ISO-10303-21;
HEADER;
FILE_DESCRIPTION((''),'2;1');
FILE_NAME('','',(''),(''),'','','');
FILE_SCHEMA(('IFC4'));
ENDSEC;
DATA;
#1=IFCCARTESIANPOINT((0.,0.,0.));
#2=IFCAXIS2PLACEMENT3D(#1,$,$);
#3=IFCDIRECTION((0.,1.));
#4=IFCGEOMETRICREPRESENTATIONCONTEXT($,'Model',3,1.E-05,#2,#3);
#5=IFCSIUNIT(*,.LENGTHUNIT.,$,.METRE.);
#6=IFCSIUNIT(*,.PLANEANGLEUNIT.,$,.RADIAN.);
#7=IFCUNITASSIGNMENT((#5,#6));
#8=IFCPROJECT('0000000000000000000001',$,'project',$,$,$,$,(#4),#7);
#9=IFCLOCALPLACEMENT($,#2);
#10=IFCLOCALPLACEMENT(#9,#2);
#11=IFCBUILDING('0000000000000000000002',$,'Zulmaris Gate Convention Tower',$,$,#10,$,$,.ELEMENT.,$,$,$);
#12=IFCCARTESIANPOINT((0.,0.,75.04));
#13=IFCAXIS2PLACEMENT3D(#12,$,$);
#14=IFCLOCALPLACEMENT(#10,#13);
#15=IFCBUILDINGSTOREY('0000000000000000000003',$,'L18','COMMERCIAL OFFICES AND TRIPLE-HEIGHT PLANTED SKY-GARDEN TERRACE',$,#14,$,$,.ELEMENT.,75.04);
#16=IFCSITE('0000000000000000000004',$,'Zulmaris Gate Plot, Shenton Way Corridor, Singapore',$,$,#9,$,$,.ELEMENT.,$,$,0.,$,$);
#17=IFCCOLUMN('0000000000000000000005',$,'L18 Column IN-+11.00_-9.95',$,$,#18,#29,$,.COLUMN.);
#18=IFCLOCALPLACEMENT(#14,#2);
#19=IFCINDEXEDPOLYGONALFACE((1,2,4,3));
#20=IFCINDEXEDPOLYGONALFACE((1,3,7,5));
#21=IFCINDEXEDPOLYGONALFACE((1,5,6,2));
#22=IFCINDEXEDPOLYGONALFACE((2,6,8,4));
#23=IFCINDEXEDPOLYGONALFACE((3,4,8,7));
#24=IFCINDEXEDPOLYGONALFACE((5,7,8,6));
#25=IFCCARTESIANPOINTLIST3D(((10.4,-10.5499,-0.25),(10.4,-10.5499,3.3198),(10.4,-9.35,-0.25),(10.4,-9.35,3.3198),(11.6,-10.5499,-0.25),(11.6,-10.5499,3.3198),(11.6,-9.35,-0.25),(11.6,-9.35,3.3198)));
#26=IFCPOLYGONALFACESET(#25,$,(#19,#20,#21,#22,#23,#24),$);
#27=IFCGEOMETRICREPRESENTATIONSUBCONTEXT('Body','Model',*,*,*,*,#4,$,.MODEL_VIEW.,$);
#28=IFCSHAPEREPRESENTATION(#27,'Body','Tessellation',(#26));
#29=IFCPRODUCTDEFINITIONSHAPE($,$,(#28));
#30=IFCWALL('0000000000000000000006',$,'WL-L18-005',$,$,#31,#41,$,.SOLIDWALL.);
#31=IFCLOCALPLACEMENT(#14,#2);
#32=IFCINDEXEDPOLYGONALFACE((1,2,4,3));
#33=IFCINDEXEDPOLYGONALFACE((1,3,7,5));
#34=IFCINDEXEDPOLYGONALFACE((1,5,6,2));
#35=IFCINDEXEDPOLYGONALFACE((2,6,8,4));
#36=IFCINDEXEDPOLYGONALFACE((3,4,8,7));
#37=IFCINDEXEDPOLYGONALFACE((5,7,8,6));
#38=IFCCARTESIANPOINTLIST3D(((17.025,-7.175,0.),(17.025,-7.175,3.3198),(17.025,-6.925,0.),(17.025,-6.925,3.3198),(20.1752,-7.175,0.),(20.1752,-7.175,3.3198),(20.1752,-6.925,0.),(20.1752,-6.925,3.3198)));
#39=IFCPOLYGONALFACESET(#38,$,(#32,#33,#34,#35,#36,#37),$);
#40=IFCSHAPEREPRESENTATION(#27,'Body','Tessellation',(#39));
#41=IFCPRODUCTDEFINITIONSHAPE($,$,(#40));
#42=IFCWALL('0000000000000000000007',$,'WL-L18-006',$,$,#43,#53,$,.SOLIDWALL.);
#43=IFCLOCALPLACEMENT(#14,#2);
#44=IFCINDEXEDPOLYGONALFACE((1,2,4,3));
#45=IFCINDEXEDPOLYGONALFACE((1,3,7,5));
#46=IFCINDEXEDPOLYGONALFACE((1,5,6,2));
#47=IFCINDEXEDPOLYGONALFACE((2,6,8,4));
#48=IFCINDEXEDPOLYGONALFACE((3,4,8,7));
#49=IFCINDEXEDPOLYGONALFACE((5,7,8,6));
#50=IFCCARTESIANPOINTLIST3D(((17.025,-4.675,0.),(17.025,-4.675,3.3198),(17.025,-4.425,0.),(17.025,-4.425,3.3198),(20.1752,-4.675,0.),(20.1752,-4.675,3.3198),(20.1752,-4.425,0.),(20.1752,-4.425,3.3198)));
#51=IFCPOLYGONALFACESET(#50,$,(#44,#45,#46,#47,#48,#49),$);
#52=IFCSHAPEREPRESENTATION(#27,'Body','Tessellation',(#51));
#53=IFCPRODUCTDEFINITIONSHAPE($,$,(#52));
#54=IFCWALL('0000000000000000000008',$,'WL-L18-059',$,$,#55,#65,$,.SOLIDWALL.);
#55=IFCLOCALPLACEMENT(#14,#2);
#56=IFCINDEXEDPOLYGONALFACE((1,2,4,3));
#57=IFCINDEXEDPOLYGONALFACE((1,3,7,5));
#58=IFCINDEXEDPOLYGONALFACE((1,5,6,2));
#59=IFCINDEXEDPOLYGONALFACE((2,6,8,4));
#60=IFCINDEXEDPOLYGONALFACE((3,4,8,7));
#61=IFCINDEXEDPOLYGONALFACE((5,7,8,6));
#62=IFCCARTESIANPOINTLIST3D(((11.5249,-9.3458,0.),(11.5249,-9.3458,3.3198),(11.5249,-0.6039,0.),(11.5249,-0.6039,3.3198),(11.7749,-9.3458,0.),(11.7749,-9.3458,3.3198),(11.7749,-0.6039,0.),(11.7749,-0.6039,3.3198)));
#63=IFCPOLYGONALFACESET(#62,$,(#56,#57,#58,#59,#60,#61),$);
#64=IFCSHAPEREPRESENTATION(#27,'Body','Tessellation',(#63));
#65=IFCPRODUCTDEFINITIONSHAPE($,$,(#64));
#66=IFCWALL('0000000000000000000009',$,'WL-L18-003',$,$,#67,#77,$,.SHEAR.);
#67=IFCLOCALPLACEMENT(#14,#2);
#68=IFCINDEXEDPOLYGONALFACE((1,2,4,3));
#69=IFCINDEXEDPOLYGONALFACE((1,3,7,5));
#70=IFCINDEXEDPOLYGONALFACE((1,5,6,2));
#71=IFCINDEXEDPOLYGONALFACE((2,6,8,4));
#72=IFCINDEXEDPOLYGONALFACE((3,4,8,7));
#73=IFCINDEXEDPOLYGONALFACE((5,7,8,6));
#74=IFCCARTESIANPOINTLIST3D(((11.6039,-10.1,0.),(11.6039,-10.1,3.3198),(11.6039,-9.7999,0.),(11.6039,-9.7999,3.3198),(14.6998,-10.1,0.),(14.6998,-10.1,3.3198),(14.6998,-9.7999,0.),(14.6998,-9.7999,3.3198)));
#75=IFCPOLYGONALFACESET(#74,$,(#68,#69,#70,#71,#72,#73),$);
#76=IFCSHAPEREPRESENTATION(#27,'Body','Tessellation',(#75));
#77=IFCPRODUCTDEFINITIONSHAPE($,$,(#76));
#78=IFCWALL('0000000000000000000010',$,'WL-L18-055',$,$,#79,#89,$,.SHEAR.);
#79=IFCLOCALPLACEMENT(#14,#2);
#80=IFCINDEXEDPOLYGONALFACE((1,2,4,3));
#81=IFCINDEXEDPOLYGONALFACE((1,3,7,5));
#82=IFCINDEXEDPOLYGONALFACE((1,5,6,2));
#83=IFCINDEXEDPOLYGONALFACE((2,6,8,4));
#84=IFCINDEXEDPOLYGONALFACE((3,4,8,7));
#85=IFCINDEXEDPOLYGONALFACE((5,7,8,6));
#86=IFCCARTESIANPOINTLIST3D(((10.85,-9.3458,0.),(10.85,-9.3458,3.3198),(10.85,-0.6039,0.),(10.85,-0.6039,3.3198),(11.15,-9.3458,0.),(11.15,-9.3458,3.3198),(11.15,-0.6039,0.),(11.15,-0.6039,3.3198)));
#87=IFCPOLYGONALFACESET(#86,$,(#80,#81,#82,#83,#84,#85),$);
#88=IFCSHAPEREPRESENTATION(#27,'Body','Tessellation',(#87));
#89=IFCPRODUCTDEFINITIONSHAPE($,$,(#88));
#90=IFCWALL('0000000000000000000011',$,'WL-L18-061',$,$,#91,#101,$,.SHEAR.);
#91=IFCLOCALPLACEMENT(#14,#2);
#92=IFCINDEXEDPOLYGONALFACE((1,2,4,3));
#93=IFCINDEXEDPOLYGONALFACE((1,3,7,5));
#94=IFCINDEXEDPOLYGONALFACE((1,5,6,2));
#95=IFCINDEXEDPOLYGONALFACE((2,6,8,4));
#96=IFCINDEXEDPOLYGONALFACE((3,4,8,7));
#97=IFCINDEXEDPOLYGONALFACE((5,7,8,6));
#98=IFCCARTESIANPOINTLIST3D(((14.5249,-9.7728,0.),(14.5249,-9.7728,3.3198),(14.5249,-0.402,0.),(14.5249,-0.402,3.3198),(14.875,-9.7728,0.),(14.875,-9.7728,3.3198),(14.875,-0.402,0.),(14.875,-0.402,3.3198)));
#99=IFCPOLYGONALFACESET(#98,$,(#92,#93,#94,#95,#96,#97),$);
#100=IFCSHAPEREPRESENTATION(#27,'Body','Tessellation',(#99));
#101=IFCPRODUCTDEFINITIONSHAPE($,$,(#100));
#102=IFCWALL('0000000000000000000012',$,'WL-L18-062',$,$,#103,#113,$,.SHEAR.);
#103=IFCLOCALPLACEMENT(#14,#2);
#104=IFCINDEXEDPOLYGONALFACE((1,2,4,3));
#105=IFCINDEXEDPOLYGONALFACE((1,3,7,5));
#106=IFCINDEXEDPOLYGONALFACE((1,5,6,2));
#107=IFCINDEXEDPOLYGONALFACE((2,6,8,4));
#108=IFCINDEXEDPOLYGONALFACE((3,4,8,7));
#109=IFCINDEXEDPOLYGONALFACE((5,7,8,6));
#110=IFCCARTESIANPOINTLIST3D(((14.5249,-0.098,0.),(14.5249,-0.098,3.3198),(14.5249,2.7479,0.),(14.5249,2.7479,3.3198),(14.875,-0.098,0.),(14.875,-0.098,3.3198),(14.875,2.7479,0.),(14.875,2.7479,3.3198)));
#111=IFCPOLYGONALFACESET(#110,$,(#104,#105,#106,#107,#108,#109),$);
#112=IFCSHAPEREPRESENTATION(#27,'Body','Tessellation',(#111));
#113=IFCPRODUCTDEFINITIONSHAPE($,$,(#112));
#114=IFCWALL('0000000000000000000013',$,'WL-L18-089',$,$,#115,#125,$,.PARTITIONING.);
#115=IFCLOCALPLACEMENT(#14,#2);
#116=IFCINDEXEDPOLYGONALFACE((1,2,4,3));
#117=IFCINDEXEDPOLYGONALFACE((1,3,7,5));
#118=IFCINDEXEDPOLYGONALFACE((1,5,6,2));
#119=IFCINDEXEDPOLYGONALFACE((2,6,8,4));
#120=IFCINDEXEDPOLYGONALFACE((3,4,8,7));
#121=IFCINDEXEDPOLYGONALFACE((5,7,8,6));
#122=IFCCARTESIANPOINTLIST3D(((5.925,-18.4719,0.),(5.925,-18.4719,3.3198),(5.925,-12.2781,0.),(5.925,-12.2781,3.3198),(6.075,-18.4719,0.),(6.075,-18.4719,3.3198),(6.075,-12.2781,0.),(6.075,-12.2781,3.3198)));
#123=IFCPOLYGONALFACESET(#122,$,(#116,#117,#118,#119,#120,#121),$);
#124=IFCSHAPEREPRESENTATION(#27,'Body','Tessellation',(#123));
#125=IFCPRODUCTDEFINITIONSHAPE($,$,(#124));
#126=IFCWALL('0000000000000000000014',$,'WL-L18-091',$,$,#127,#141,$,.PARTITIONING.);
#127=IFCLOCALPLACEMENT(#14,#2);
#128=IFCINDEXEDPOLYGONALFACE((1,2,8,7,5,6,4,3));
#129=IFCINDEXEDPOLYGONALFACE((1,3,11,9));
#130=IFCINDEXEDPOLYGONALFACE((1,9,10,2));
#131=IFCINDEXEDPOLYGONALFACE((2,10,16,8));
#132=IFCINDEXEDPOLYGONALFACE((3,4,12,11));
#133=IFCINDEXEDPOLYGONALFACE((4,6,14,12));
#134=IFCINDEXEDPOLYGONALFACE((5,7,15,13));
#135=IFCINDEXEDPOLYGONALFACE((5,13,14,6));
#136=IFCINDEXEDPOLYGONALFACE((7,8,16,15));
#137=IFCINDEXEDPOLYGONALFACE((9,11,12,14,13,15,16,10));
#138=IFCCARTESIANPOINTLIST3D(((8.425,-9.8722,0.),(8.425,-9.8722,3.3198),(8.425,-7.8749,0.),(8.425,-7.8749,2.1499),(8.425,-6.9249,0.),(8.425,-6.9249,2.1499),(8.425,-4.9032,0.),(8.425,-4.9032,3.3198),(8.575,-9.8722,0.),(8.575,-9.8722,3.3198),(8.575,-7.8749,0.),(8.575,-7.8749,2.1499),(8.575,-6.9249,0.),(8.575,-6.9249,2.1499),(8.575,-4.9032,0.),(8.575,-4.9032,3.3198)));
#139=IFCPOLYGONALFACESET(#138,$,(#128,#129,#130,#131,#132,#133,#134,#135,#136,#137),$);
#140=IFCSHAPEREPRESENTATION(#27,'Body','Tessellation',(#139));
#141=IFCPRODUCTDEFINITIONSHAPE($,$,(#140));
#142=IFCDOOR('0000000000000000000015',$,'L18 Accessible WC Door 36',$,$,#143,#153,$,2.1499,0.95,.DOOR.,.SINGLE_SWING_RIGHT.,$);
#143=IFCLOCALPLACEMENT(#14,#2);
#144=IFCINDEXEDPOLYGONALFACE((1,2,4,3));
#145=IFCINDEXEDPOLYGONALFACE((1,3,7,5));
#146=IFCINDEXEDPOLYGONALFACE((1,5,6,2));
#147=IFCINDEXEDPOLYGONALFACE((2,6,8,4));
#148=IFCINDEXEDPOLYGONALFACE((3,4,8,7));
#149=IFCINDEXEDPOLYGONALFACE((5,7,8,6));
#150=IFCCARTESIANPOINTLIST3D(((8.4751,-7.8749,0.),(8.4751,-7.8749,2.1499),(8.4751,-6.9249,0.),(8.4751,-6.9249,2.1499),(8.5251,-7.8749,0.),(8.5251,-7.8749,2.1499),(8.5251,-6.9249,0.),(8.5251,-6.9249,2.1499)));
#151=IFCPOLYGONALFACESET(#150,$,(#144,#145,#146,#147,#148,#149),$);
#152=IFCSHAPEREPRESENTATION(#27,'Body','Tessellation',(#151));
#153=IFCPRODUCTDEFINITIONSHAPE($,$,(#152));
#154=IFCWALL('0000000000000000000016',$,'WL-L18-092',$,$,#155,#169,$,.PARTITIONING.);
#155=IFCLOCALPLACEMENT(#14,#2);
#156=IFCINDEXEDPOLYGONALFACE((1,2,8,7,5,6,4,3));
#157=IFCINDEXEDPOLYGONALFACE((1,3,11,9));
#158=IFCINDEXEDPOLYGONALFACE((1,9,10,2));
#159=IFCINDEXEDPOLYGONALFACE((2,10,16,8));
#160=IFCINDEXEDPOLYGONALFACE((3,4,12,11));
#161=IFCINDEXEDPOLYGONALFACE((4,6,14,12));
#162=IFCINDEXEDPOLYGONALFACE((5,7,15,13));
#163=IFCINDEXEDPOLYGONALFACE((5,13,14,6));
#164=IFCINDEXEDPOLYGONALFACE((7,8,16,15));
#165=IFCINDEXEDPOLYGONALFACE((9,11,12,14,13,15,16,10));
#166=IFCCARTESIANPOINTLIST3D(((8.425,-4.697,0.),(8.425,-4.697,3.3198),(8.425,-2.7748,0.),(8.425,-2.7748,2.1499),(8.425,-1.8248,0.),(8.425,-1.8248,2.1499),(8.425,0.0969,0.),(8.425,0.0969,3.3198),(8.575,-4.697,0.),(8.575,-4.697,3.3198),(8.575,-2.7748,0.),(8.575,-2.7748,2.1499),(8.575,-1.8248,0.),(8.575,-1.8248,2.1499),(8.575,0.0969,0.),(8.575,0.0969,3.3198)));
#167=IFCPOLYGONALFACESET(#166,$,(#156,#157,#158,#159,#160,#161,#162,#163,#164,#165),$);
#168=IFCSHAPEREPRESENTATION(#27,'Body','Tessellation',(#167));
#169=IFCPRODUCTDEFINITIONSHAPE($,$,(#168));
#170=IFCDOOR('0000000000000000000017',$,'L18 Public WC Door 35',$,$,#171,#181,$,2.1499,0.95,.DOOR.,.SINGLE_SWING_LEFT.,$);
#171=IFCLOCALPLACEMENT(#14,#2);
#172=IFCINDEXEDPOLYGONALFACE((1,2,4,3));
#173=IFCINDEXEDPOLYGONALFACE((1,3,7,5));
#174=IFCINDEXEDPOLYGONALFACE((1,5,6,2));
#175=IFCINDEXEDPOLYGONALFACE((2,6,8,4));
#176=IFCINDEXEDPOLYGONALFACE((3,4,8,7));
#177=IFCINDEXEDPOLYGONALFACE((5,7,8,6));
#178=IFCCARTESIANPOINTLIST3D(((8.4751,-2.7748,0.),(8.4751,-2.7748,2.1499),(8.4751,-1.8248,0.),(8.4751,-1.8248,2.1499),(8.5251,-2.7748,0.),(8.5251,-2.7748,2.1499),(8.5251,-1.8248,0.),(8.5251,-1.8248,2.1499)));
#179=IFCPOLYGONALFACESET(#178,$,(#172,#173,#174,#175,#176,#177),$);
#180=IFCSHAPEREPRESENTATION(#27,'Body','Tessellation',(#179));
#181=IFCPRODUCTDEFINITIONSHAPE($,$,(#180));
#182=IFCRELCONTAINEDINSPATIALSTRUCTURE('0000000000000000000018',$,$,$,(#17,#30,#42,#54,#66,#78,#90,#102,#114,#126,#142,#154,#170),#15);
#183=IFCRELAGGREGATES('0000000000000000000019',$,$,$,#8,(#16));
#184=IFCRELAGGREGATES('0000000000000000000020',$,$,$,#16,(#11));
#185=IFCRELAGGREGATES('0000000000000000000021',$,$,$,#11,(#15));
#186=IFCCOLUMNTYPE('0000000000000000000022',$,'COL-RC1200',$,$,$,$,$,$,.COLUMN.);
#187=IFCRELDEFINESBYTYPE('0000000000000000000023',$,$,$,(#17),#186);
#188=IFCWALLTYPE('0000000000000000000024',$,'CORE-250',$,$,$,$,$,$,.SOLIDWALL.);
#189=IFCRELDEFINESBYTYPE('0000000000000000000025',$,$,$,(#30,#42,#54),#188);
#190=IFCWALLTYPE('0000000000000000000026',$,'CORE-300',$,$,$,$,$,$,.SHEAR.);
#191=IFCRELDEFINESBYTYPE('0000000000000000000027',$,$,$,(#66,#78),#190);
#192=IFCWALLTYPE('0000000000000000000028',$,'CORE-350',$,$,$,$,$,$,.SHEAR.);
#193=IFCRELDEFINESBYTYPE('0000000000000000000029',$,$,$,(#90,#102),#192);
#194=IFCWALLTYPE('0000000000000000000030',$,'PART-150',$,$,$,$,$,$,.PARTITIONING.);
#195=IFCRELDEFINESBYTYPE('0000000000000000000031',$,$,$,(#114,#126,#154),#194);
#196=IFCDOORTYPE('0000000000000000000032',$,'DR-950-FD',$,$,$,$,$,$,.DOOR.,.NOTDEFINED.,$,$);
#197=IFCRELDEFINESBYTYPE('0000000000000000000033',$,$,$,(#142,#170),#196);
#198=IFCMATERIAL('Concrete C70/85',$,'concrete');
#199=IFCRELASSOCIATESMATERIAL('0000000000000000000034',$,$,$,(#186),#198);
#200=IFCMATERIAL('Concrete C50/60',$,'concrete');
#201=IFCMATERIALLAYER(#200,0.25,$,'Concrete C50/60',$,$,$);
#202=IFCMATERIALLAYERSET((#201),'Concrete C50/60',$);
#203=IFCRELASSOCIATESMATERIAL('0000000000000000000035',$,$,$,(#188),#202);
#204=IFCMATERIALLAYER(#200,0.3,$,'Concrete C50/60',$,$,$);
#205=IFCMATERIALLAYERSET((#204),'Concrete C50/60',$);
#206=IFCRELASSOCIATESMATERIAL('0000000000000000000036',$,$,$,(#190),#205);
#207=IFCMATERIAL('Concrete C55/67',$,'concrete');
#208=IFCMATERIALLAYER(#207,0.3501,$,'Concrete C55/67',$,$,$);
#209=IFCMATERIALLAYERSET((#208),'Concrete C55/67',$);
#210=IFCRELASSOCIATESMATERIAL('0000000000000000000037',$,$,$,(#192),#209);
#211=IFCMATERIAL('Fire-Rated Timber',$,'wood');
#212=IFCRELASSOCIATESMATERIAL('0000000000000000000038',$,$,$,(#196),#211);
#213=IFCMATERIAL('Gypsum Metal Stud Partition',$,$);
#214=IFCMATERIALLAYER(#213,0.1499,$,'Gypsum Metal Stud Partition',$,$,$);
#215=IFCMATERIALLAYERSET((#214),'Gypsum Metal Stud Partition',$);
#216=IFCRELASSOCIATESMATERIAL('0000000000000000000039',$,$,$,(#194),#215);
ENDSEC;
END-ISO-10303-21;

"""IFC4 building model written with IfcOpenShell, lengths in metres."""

from ifc_helpers import new_model, si_unit, direction, frame, frame_2d, origin, origin_2d, place, context, subcontext, project, spatial, rectangle, extrude, material, layer, layer_set, material_profile, profile_set, type_object, element, fill, save


model = new_model("IFC4")

# Units and contexts
model_context = context("Model", 3, precision=1e-05, world=origin(), true_north=direction((0.0, 1.0)))
body_context = subcontext(model_context, "Body", "Model", "MODEL_VIEW")
ifc_project = project(units=[si_unit("LENGTHUNIT", "METRE"), si_unit("PLANEANGLEUNIT", "RADIAN")], contexts=[model_context])

# Site, building, storey
site_placement = place(None, origin())
site = spatial("IfcSite", under=ifc_project, at=site_placement, Name="Zulmaris Gate Plot, Shenton Way Corridor, Singapore", CompositionType="ELEMENT", RefElevation=0.0)
building_placement = place(site_placement, origin())
building = spatial("IfcBuilding", under=site, at=building_placement, Name="Zulmaris Gate Convention Tower", CompositionType="ELEMENT")
storey_placement = place(building_placement, frame((0.0, 0.0, 75.04)))
storey = spatial("IfcBuildingStorey", under=building, at=storey_placement, Name="L18", Description="COMMERCIAL OFFICES AND TRIPLE-HEIGHT PLANTED SKY-GARDEN TERRACE", CompositionType="ELEMENT", Elevation=75.04)

# Column
ifc_material_1 = material(Name="Concrete C70/85", Category="concrete")
ifc_material_profile = material_profile(ifc_material_1, rectangle(XDim=1.2, YDim=1.2, at=origin_2d()), Name="RC COL 1200x1200")
ifc_profile_set = profile_set([ifc_material_profile], Name="Concrete C70/85")
column_type = type_object("IfcColumnType", Name="COL-RC1200", PredefinedType="COLUMN", material=ifc_profile_set)
column_placement = place(storey_placement, frame((11.0, -9.95, -0.25), z_axis=(0.0, 0.0, 1.0), x_axis=(1.0, 0.0, 0.0)))
element("IfcColumn", 1, at=column_placement, inside=storey, type_object=column_type, Name="L18 Column IN-+11.00_-9.95", PredefinedType="COLUMN", context=body_context, shape_type="SweptSolid", body=[
    extrude(rectangle(XDim=1.2, YDim=1.2, at=origin_2d()), origin(), (0.0, 0.0, 1.0), 3.5698),
])

# Walls
ifc_material_2 = material(Name="Concrete C50/60", Category="concrete")
ifc_layer_1 = layer(ifc_material_2, 0.25, Name="Concrete C50/60")
ifc_layer_set_1 = layer_set([ifc_layer_1], Name="Concrete C50/60")
wall_type_1 = type_object("IfcWallType", Name="CORE-250", PredefinedType="SOLIDWALL", material=ifc_layer_set_1)
for number, where, z_axis, x_axis, name in (
    (2, (17.0249, -7.05, 0.0), (0.0, 0.0, 1.0), (1.0, 0.0, 0.0), "WL-L18-005"),
    (3, (17.0249, -4.55, 0.0), (0.0, 0.0, 1.0), (1.0, 0.0, 0.0), "WL-L18-006"),
):
    element("IfcWall", number, at=place(storey_placement, frame(where, z_axis=z_axis, x_axis=x_axis)), inside=storey, type_object=wall_type_1, Name=name, PredefinedType="SOLIDWALL", context=body_context, shape_type="SweptSolid", body=[
        extrude(rectangle(XDim=3.1501, YDim=0.25, at=frame_2d((1.5752, 0.0))), origin(), (0.0, 0.0, 1.0), 3.3198),
    ])
wall_1_placement = place(storey_placement, frame((11.6499, -9.3459, 0.0), z_axis=(0.0, 0.0, 1.0), x_axis=(0.0, 1.0, 0.0)))
element("IfcWall", 4, at=wall_1_placement, inside=storey, type_object=wall_type_1, Name="WL-L18-059", PredefinedType="SOLIDWALL", context=body_context, shape_type="SweptSolid", body=[
    extrude(rectangle(XDim=8.7419, YDim=0.25, at=frame_2d((4.3711, 0.0))), origin(), (0.0, 0.0, 1.0), 3.3198),
])
ifc_layer_2 = layer(ifc_material_2, 0.3, Name="Concrete C50/60")
ifc_layer_set_2 = layer_set([ifc_layer_2], Name="Concrete C50/60")
wall_type_2 = type_object("IfcWallType", Name="CORE-300", PredefinedType="SHEAR", material=ifc_layer_set_2)
wall_2_placement = place(storey_placement, frame((11.604, -9.95, 0.0), z_axis=(0.0, 0.0, 1.0), x_axis=(1.0, 0.0, 0.0)))
element("IfcWall", 5, at=wall_2_placement, inside=storey, type_object=wall_type_2, Name="WL-L18-003", PredefinedType="SHEAR", context=body_context, shape_type="SweptSolid", body=[
    extrude(rectangle(XDim=3.0959, YDim=0.3, at=frame_2d((1.5479, 0.0))), origin(), (0.0, 0.0, 1.0), 3.3198),
])

# Wall
wall_3_placement = place(storey_placement, frame((11.0, -9.3459, 0.0), z_axis=(0.0, 0.0, 1.0), x_axis=(0.0, 1.0, 0.0)))
element("IfcWall", 6, at=wall_3_placement, inside=storey, type_object=wall_type_2, Name="WL-L18-055", PredefinedType="SHEAR", context=body_context, shape_type="SweptSolid", body=[
    extrude(rectangle(XDim=8.7419, YDim=0.3, at=frame_2d((4.3711, 0.0))), origin(), (0.0, 0.0, 1.0), 3.3198),
])

# Shared definitions
ifc_material_3 = material(Name="Concrete C55/67", Category="concrete")
ifc_layer_3 = layer(ifc_material_3, 0.3501, Name="Concrete C55/67")
ifc_layer_set_3 = layer_set([ifc_layer_3], Name="Concrete C55/67")
wall_type_3 = type_object("IfcWallType", Name="CORE-350", PredefinedType="SHEAR", material=ifc_layer_set_3)
ifc_material_4 = material(Name="Fire-Rated Timber", Category="wood")
door_type_1 = type_object("IfcDoorType", Name="DR-950-FD", OperationType="NOTDEFINED", PredefinedType="DOOR", material=ifc_material_4)

# Walls
wall_4_placement = place(storey_placement, frame((14.7, -9.7729, 0.0), z_axis=(0.0, 0.0, 1.0), x_axis=(0.0, 1.0, 0.0)))
element("IfcWall", 7, at=wall_4_placement, inside=storey, type_object=wall_type_3, Name="WL-L18-061", PredefinedType="SHEAR", context=body_context, shape_type="SweptSolid", body=[
    extrude(rectangle(XDim=9.3708, YDim=0.3501, at=frame_2d((4.6855, 0.0))), origin(), (0.0, 0.0, 1.0), 3.3198),
])
wall_5_placement = place(storey_placement, frame((14.7, -0.0979, 0.0), z_axis=(0.0, 0.0, 1.0), x_axis=(0.0, 1.0, 0.0)))
element("IfcWall", 8, at=wall_5_placement, inside=storey, type_object=wall_type_3, Name="WL-L18-062", PredefinedType="SHEAR", context=body_context, shape_type="SweptSolid", body=[
    extrude(rectangle(XDim=2.8459, YDim=0.3501, at=frame_2d((1.4229, 0.0))), origin(), (0.0, 0.0, 1.0), 3.3198),
])
ifc_material_5 = material(Name="Gypsum Metal Stud Partition")
ifc_layer_4 = layer(ifc_material_5, 0.1499, Name="Gypsum Metal Stud Partition")
ifc_layer_set_4 = layer_set([ifc_layer_4], Name="Gypsum Metal Stud Partition")
wall_type_4 = type_object("IfcWallType", Name="PART-150", PredefinedType="PARTITIONING", material=ifc_layer_set_4)
wall_6_placement = place(storey_placement, frame((6.0, -18.4719, 0.0), z_axis=(0.0, 0.0, 1.0), x_axis=(0.0, 1.0, 0.0)))
element("IfcWall", 9, at=wall_6_placement, inside=storey, type_object=wall_type_4, Name="WL-L18-089", PredefinedType="PARTITIONING", context=body_context, shape_type="SweptSolid", body=[
    extrude(rectangle(XDim=6.1938, YDim=0.1499, at=frame_2d((3.0969, 0.0))), origin(), (0.0, 0.0, 1.0), 3.3198),
])

# Walls, openings, doors
wall_7_placement = place(storey_placement, frame((8.5, -9.8721, 0.0), z_axis=(0.0, 0.0, 1.0), x_axis=(0.0, 1.0, 0.0)))
wall_7 = element("IfcWall", 10, at=wall_7_placement, inside=storey, type_object=wall_type_4, Name="WL-L18-091", PredefinedType="PARTITIONING", context=body_context, shape_type="SweptSolid", body=[
    extrude(rectangle(XDim=4.969, YDim=0.1499, at=frame_2d((2.4844, 0.0))), origin(), (0.0, 0.0, 1.0), 3.3198),
])
opening_1_placement = place(wall_7_placement, frame((1.9971, 0.0, 0.0)))
opening_1 = element("IfcOpeningElement", 11, at=opening_1_placement, cuts=wall_7, PredefinedType="OPENING", context=body_context, shape_type="SweptSolid", body=[
    extrude(rectangle(XDim=0.95, YDim=2.1499, at=frame_2d((0.4751, 1.075))), frame((0.0, 0.085, 0.0), z_axis=(0.0, -1.0, 0.0), x_axis=(1.0, 0.0, 0.0)), (0.0, 0.0, 1.0), 0.1699),
])
door_1_placement = place(opening_1_placement, origin())
door_1 = element("IfcDoor", 12, at=door_1_placement, inside=storey, type_object=door_type_1, Name="L18 Accessible WC Door 36", OperationType="SINGLE_SWING_RIGHT", OverallHeight=2.1499, OverallWidth=0.95, PredefinedType="DOOR", context=body_context, shape_type="SweptSolid", body=[
    extrude(rectangle(XDim=0.95, YDim=2.1499, at=frame_2d((0.4751, 1.075))), frame((0.0, 0.0249, 0.0), z_axis=(0.0, -1.0, 0.0), x_axis=(1.0, 0.0, 0.0)), (0.0, 0.0, 1.0), 0.05),
])
fill(opening_1, door_1)
wall_8_placement = place(storey_placement, frame((8.5, -4.697, 0.0), z_axis=(0.0, 0.0, 1.0), x_axis=(0.0, 1.0, 0.0)))
wall_8 = element("IfcWall", 13, at=wall_8_placement, inside=storey, type_object=wall_type_4, Name="WL-L18-092", PredefinedType="PARTITIONING", context=body_context, shape_type="SweptSolid", body=[
    extrude(rectangle(XDim=4.7939, YDim=0.1499, at=frame_2d((2.397, 0.0))), origin(), (0.0, 0.0, 1.0), 3.3198),
])
opening_2_placement = place(wall_8_placement, frame((1.9221, 0.0, 0.0)))
opening_2 = element("IfcOpeningElement", 14, at=opening_2_placement, cuts=wall_8, PredefinedType="OPENING", context=body_context, shape_type="SweptSolid", body=[
    extrude(rectangle(XDim=0.95, YDim=2.1499, at=frame_2d((0.4751, 1.075))), frame((0.0, 0.085, 0.0), z_axis=(0.0, -1.0, 0.0), x_axis=(1.0, 0.0, 0.0)), (0.0, 0.0, 1.0), 0.1699),
])
door_2_placement = place(opening_2_placement, origin())
door_2 = element("IfcDoor", 15, at=door_2_placement, inside=storey, type_object=door_type_1, Name="L18 Public WC Door 35", OperationType="SINGLE_SWING_LEFT", OverallHeight=2.1499, OverallWidth=0.95, PredefinedType="DOOR", context=body_context, shape_type="SweptSolid", body=[
    extrude(rectangle(XDim=0.95, YDim=2.1499, at=frame_2d((0.4751, 1.075))), frame((0.0, 0.0249, 0.0), z_axis=(0.0, -1.0, 0.0), x_axis=(1.0, 0.0, 0.0)), (0.0, 0.0, 1.0), 0.05),
])
fill(opening_2, door_2)

save(model, "model.ifc")
